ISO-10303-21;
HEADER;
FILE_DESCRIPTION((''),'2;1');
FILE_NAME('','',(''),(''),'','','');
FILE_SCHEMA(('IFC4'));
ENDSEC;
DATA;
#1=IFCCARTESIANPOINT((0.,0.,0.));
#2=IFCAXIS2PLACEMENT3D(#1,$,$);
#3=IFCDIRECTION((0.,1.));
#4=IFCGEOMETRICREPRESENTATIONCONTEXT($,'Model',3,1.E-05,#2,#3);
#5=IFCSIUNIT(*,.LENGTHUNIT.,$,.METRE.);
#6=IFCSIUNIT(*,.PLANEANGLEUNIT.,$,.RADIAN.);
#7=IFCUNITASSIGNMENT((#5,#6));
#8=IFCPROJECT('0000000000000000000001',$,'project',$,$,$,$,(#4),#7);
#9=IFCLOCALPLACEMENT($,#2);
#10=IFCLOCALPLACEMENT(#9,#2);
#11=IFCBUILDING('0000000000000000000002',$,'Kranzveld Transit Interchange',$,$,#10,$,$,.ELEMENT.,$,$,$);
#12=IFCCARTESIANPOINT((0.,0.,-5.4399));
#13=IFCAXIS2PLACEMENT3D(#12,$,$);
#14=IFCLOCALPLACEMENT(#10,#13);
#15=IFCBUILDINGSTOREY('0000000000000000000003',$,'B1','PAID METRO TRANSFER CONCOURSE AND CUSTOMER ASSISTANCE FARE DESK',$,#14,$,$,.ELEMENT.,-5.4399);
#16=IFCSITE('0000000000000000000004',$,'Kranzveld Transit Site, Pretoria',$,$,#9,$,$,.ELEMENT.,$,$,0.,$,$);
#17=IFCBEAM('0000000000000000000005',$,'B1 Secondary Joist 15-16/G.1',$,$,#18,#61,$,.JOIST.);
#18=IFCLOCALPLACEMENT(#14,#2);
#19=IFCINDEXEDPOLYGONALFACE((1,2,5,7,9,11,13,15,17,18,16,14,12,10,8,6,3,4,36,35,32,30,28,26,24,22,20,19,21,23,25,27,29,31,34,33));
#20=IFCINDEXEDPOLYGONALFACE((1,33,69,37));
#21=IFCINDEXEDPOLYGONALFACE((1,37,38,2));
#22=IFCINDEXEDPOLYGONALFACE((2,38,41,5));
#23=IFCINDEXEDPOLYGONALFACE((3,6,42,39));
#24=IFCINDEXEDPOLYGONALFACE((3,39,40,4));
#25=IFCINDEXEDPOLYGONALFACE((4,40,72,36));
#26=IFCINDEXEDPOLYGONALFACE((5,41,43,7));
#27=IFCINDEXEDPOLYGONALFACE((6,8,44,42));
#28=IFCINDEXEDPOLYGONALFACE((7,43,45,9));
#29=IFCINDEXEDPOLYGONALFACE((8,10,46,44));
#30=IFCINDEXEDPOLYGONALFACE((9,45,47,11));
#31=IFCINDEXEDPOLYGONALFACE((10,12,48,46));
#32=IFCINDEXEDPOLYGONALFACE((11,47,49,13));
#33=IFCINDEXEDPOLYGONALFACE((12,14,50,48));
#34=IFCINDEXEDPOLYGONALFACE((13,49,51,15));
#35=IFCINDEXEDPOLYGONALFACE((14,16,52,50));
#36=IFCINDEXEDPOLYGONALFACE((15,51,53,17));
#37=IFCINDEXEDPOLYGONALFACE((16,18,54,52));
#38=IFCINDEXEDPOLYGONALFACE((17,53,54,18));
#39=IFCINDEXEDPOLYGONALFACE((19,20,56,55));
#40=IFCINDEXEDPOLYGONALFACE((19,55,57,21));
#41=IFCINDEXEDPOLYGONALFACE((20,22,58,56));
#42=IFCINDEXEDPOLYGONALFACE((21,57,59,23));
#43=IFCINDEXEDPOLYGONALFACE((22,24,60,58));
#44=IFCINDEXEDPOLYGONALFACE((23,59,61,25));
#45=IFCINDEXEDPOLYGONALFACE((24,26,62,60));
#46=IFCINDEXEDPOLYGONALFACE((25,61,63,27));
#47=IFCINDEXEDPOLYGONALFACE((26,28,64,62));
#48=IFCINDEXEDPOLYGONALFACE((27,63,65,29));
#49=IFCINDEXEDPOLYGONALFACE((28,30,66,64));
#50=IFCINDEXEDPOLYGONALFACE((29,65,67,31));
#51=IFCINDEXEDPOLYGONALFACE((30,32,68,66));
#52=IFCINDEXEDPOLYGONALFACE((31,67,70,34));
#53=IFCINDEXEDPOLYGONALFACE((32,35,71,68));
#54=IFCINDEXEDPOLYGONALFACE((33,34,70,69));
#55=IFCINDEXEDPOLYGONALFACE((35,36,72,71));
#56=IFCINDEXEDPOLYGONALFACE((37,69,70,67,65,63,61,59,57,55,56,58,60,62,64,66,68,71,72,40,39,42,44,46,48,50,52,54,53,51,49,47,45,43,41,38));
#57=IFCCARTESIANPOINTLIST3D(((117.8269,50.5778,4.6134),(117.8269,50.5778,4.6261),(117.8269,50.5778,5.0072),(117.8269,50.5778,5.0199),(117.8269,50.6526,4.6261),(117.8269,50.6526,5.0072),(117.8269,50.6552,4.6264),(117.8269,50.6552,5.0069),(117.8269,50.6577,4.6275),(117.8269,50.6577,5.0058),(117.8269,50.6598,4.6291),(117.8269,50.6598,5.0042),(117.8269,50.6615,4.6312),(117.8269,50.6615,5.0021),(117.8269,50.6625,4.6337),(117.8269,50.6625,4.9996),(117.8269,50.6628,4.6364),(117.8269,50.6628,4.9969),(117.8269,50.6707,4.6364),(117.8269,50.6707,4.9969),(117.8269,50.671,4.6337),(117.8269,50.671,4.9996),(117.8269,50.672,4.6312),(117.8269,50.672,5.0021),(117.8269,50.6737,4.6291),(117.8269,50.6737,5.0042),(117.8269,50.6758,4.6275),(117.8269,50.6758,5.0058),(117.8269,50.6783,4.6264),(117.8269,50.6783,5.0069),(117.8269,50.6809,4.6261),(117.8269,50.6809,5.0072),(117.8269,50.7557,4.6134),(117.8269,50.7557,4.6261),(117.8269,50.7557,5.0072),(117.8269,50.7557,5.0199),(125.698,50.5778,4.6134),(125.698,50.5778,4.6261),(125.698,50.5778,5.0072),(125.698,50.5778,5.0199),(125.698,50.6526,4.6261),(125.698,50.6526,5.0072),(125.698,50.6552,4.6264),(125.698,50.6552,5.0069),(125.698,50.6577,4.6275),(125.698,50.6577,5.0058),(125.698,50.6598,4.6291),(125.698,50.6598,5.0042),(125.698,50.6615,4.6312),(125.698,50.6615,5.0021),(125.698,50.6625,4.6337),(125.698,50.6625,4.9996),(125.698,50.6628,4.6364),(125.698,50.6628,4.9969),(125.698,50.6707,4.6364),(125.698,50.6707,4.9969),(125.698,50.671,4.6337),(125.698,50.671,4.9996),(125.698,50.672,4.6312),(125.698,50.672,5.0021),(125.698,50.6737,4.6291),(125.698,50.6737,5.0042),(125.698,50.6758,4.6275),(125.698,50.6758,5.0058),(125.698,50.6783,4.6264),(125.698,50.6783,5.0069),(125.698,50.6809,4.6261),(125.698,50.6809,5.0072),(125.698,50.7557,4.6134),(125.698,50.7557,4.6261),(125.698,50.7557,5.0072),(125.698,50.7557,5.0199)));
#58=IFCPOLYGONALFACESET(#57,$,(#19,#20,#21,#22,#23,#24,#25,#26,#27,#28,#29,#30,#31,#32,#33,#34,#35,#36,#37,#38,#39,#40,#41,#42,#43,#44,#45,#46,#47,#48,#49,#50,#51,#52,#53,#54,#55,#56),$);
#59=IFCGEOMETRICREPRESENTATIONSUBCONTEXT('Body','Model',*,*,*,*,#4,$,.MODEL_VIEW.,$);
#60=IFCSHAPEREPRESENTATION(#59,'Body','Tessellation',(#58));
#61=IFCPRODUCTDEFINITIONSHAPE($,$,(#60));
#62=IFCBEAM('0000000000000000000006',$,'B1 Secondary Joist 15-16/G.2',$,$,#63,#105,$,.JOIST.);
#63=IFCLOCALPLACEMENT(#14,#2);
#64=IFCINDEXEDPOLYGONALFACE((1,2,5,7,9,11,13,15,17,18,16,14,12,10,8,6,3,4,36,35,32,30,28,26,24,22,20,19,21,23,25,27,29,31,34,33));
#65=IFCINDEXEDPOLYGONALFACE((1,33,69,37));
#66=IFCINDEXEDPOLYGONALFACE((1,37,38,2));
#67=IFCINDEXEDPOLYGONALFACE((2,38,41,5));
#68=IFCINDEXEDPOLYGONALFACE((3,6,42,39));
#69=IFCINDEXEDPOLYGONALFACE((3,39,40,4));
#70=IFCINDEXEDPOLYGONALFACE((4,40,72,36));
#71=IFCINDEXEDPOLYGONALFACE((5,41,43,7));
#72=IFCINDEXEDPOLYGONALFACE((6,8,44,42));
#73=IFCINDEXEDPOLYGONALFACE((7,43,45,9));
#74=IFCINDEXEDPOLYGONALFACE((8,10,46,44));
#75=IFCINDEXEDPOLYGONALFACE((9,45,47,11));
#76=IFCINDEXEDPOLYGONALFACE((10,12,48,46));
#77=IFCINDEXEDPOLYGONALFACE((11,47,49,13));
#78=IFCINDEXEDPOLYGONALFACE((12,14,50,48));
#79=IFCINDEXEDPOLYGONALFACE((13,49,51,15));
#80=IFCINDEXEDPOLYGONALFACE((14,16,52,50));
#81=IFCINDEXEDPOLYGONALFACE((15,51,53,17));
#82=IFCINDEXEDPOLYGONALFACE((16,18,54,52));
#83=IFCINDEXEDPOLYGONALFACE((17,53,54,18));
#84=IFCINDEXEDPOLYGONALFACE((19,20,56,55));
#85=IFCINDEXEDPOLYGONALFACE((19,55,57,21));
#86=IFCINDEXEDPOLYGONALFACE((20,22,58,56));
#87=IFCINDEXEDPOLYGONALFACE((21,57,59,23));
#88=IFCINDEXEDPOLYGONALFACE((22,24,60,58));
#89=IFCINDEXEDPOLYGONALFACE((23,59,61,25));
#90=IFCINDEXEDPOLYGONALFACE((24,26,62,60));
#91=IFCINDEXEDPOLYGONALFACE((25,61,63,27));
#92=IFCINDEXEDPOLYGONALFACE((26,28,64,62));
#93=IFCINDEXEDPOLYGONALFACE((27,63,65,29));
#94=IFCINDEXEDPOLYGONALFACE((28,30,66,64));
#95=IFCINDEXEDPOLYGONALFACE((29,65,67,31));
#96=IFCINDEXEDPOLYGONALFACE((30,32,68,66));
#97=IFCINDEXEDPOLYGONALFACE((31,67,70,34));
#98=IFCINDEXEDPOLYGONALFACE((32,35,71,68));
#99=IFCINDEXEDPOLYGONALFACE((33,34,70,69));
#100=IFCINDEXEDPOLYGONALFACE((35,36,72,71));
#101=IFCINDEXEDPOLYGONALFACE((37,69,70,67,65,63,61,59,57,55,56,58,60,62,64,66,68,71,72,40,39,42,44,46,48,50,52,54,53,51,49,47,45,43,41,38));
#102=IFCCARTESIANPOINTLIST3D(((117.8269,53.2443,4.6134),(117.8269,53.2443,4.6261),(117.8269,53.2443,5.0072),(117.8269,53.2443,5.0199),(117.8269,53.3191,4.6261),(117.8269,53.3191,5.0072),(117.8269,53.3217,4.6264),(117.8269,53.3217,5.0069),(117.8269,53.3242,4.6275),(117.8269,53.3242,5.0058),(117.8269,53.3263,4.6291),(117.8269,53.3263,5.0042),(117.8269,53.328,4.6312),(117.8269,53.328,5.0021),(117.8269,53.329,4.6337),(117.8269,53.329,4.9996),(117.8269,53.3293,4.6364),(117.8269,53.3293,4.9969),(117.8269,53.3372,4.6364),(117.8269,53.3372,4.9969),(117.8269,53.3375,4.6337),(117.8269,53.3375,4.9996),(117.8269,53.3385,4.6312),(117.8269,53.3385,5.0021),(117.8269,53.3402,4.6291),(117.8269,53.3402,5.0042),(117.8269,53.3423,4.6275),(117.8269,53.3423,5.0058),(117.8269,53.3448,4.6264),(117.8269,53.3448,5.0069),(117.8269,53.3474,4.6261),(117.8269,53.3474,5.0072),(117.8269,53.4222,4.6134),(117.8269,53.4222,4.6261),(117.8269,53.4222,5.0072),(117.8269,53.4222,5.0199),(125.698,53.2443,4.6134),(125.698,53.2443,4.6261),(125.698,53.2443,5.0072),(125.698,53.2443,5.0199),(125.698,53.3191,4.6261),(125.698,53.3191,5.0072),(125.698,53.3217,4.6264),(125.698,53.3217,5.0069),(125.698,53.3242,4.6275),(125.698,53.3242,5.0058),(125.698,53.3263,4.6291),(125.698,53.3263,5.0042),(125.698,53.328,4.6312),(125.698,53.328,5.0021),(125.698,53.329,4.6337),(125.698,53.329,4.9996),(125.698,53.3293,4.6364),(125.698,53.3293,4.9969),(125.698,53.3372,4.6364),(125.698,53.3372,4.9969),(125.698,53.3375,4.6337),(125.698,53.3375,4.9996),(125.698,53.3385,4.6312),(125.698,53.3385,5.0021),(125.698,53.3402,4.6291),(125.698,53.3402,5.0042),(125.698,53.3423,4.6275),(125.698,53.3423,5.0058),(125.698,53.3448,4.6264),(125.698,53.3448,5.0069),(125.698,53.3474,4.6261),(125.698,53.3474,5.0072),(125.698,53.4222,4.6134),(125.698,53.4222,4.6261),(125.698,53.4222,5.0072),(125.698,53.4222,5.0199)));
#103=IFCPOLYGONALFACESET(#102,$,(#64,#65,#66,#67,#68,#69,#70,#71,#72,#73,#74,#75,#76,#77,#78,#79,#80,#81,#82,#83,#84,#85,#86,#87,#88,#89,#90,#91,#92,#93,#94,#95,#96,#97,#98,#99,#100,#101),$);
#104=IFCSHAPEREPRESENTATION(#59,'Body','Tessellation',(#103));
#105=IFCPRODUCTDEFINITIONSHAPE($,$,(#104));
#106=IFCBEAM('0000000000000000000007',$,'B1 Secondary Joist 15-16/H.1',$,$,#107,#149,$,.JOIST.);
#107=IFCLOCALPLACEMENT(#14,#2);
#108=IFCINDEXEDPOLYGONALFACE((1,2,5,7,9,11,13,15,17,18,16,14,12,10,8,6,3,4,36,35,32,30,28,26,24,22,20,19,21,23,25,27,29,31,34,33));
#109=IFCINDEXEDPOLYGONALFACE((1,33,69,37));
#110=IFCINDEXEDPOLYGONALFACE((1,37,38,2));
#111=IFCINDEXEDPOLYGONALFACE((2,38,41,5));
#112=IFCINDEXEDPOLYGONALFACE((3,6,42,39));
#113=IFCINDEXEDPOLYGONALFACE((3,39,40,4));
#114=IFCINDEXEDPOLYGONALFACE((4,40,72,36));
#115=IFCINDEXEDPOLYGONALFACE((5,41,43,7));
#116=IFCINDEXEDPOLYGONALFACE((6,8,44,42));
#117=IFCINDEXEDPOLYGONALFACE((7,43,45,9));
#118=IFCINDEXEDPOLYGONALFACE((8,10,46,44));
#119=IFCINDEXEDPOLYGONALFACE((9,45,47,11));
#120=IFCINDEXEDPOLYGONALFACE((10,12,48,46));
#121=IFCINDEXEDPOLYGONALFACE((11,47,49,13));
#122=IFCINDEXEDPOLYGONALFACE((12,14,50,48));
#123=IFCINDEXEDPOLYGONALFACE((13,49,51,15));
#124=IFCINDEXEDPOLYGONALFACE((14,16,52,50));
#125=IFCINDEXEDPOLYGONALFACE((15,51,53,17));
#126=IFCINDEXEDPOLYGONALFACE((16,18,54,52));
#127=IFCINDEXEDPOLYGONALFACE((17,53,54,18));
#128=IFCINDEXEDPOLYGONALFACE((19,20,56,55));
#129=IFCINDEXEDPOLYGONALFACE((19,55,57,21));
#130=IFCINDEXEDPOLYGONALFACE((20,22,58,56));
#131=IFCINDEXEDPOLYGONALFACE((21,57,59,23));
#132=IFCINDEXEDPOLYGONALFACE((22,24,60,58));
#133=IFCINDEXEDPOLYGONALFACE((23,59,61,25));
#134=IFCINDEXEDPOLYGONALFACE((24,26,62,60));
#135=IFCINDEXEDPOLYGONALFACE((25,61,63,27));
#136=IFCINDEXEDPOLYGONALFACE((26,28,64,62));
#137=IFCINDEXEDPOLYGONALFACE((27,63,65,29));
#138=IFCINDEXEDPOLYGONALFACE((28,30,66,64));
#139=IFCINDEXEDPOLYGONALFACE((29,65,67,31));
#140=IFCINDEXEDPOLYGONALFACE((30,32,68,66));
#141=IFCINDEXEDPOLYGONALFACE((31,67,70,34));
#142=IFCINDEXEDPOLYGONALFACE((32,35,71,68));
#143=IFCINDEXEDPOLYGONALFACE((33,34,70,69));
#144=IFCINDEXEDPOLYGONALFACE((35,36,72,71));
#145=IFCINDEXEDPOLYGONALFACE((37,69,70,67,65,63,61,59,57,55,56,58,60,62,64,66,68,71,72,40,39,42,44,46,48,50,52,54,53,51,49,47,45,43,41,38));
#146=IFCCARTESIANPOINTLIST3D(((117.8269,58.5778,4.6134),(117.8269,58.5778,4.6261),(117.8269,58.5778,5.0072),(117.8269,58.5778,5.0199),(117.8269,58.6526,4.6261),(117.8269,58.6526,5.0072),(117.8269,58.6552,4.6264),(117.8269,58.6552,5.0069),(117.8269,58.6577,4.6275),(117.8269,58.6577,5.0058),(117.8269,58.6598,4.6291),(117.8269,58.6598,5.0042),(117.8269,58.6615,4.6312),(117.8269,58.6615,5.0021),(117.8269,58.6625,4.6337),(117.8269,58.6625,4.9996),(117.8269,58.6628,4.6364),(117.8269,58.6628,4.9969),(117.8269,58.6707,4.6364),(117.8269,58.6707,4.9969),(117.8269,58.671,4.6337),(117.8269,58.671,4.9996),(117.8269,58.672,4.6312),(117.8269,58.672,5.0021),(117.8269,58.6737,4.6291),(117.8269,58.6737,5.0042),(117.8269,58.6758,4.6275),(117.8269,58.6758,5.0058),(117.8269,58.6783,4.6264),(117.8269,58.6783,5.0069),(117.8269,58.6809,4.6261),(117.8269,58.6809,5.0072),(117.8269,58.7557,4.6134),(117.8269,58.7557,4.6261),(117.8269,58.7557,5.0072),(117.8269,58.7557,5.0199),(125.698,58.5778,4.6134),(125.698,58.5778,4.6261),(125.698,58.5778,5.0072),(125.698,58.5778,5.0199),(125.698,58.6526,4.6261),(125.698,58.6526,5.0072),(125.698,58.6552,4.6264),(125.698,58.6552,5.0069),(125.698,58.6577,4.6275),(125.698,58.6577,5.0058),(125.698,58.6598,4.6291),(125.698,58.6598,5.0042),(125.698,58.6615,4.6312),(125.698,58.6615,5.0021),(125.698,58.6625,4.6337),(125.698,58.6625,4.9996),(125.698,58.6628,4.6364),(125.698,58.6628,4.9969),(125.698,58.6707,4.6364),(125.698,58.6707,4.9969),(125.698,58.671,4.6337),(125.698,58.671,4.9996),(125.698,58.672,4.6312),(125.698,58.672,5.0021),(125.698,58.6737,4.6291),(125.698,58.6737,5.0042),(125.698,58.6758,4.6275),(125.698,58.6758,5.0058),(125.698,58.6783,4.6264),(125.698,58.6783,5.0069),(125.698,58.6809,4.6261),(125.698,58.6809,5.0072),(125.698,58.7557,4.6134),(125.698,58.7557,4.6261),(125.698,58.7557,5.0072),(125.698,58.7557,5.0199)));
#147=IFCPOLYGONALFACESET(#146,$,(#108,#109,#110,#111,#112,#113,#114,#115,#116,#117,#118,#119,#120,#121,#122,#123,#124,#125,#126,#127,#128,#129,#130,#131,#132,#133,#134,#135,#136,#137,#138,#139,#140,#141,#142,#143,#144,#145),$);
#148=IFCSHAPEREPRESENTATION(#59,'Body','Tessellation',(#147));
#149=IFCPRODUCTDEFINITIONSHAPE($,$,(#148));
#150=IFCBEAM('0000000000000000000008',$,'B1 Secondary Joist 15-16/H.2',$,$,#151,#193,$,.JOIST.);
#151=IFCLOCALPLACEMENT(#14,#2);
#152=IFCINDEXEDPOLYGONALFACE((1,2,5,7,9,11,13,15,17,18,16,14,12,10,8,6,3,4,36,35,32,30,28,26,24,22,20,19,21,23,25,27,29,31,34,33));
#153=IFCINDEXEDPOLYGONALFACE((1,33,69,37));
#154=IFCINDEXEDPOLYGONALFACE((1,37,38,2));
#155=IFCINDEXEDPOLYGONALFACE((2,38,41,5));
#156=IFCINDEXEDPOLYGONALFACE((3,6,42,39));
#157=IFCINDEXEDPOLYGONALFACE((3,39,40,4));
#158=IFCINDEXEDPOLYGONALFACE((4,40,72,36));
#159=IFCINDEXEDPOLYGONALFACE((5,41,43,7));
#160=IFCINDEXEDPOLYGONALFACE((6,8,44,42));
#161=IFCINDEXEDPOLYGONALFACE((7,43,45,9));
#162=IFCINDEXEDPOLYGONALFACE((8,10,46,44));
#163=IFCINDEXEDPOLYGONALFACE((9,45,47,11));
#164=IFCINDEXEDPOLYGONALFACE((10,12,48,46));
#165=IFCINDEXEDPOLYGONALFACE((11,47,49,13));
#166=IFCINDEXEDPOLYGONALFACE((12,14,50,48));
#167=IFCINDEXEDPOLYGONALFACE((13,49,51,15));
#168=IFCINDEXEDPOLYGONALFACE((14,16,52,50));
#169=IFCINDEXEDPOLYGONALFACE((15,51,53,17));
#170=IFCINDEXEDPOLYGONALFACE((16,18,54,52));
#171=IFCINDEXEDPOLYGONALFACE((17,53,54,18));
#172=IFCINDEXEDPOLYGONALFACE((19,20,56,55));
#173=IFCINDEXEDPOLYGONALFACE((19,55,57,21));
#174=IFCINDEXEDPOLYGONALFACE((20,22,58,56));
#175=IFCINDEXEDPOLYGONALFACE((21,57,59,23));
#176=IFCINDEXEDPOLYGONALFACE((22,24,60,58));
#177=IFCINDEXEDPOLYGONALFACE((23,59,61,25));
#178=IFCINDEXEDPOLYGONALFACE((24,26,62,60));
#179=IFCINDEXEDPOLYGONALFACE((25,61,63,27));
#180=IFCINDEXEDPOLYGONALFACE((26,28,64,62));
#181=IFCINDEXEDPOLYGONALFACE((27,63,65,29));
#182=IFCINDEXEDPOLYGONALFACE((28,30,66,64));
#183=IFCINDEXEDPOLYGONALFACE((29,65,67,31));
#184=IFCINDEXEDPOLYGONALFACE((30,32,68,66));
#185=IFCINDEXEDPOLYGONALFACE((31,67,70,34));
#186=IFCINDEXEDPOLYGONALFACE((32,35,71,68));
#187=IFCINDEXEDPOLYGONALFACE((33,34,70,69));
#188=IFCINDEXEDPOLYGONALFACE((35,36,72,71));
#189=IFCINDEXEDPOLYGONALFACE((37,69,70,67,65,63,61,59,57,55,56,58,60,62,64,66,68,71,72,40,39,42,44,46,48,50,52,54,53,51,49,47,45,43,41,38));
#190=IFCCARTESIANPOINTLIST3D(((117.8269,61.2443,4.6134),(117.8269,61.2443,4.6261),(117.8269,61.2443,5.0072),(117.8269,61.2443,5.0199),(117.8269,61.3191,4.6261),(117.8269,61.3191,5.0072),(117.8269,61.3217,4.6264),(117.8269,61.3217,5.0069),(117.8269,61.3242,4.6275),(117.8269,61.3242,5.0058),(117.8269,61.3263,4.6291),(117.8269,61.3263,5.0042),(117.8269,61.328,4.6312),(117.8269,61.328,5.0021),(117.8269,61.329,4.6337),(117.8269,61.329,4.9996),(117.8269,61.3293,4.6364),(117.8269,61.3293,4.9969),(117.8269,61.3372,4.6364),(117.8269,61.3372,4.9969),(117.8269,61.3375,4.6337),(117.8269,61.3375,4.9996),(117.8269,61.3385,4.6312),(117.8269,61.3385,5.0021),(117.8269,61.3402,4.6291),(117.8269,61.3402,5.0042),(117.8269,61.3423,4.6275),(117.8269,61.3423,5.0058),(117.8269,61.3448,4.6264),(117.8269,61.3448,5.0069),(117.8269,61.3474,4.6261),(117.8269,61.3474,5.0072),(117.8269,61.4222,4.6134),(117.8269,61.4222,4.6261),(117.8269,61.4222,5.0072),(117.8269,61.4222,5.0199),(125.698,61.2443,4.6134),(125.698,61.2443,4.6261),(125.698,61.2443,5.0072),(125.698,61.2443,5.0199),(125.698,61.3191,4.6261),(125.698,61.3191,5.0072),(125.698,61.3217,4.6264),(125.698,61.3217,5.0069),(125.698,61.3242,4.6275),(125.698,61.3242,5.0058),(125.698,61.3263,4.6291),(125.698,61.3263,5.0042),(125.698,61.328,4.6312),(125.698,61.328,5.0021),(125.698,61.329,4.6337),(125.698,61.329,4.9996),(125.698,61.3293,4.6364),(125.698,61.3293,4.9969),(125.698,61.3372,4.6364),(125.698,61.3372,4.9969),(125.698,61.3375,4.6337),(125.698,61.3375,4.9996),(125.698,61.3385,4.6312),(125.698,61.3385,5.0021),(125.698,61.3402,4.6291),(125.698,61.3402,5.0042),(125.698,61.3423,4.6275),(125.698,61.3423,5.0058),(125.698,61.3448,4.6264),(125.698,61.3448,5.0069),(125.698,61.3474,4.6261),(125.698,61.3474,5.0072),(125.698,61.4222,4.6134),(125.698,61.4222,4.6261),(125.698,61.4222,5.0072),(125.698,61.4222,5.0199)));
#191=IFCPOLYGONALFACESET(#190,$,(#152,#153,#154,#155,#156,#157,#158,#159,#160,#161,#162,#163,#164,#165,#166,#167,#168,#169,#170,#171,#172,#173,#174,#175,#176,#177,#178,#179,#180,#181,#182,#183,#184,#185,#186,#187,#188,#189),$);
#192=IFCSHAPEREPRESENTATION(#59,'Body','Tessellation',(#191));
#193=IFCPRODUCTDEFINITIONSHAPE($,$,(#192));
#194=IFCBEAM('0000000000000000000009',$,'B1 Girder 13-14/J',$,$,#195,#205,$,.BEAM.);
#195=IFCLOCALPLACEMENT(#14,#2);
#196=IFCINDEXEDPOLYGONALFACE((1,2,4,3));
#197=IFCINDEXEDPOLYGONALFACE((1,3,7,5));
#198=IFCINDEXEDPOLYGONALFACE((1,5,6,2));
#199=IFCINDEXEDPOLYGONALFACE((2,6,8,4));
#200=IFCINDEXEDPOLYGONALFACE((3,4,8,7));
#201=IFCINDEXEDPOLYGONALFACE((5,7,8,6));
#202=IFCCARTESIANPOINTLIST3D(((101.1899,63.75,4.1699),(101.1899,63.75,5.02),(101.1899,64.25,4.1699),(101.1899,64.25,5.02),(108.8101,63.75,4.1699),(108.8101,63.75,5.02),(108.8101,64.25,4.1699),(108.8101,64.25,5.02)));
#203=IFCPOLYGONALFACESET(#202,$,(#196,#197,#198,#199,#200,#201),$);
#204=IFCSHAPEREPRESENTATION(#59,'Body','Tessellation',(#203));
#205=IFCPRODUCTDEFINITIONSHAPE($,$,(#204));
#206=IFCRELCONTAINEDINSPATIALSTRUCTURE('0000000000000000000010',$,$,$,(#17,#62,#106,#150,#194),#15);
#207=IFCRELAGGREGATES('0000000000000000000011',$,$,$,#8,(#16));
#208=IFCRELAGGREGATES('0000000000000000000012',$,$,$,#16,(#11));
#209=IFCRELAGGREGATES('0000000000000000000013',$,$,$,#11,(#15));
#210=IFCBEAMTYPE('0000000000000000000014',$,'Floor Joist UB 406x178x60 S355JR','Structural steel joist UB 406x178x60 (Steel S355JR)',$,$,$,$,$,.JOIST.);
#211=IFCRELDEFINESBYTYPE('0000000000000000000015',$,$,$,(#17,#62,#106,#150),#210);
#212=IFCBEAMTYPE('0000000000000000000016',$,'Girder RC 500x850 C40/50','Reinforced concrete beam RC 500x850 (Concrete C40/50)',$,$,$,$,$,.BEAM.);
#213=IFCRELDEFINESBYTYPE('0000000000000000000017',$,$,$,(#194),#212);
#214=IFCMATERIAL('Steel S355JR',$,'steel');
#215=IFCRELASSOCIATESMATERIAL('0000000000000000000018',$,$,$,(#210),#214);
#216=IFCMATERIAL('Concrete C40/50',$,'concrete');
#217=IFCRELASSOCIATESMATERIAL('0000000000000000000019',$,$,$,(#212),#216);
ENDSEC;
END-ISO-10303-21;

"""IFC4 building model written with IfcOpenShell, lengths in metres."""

from ifc_helpers import new_model, si_unit, direction, frame, origin, origin_2d, place, context, subcontext, project, spatial, rectangle, i_section, extrude, material, material_profile, profile_set, type_object, element, save


model = new_model("IFC4")

# Units and contexts
model_context = context("Model", 3, precision=1e-05, world=origin(), true_north=direction((0.0, 1.0)))
body_context = subcontext(model_context, "Body", "Model", "MODEL_VIEW")
ifc_project = project(units=[si_unit("LENGTHUNIT", "METRE"), si_unit("PLANEANGLEUNIT", "RADIAN")], contexts=[model_context])

# Site, building, storey
site_placement = place(None, origin())
site = spatial("IfcSite", under=ifc_project, at=site_placement, Name="Kranzveld Transit Site, Pretoria", CompositionType="ELEMENT", RefElevation=0.0)
building_placement = place(site_placement, origin())
building = spatial("IfcBuilding", under=site, at=building_placement, Name="Kranzveld Transit Interchange", CompositionType="ELEMENT")
storey_placement = place(building_placement, frame((0.0, 0.0, -5.4399)))
storey = spatial("IfcBuildingStorey", under=building, at=storey_placement, Name="B1", Description="PAID METRO TRANSFER CONCOURSE AND CUSTOMER ASSISTANCE FARE DESK", CompositionType="ELEMENT", Elevation=-5.4399)

# Beams
ifc_material_1 = material(Name="Steel S355JR", Category="steel")
ifc_material_profile_1 = material_profile(ifc_material_1, i_section(OverallWidth=0.178, OverallDepth=0.4065, WebThickness=0.0078, FlangeThickness=0.0127, FilletRadius=0.0103, at=origin_2d()), Name="UB 406x178x60")
ifc_profile_set_1 = profile_set([ifc_material_profile_1], Name="Steel S355JR")
beam_type_1 = type_object("IfcBeamType", Name="Floor Joist UB 406x178x60 S355JR", Description="Structural steel joist UB 406x178x60 (Steel S355JR)", PredefinedType="JOIST", material=ifc_profile_set_1)
for number, where, z_axis, x_axis, name in (
    (1, (117.8269, 50.6667, 4.8167), (1.0, 0.0, 0.0), (0.0, 1.0, 0.0), "B1 Secondary Joist 15-16/G.1"),
    (2, (117.8269, 53.3333, 4.8167), (1.0, 0.0, 0.0), (0.0, 1.0, 0.0), "B1 Secondary Joist 15-16/G.2"),
    (3, (117.8269, 58.6667, 4.8167), (1.0, 0.0, 0.0), (0.0, 1.0, 0.0), "B1 Secondary Joist 15-16/H.1"),
    (4, (117.8269, 61.3333, 4.8167), (1.0, 0.0, 0.0), (0.0, 1.0, 0.0), "B1 Secondary Joist 15-16/H.2"),
):
    element("IfcBeam", number, at=place(storey_placement, frame(where, z_axis=z_axis, x_axis=x_axis)), inside=storey, type_object=beam_type_1, Name=name, PredefinedType="JOIST", context=body_context, shape_type="SweptSolid", body=[
        extrude(i_section(OverallWidth=0.178, OverallDepth=0.4065, WebThickness=0.0078, FlangeThickness=0.0127, FilletRadius=0.0103, at=origin_2d()), origin(), (0.0, 0.0, 1.0), 7.8711),
    ])
ifc_material_2 = material(Name="Concrete C40/50", Category="concrete")
ifc_material_profile_2 = material_profile(ifc_material_2, rectangle(XDim=0.5, YDim=0.8501, at=origin_2d()), Name="RC 500x850")
ifc_profile_set_2 = profile_set([ifc_material_profile_2], Name="Concrete C40/50")
beam_type_2 = type_object("IfcBeamType", Name="Girder RC 500x850 C40/50", Description="Reinforced concrete beam RC 500x850 (Concrete C40/50)", PredefinedType="BEAM", material=ifc_profile_set_2)
beam_1_placement = place(storey_placement, frame((101.1899, 64.0, 4.595), z_axis=(1.0, 0.0, 0.0), x_axis=(0.0, 1.0, 0.0)))
element("IfcBeam", 5, at=beam_1_placement, inside=storey, type_object=beam_type_2, Name="B1 Girder 13-14/J", PredefinedType="BEAM", context=body_context, shape_type="SweptSolid", body=[
    extrude(rectangle(XDim=0.5, YDim=0.8501, at=origin_2d()), origin(), (0.0, 0.0, 1.0), 7.6201),
])

save(model, "model.ifc")
